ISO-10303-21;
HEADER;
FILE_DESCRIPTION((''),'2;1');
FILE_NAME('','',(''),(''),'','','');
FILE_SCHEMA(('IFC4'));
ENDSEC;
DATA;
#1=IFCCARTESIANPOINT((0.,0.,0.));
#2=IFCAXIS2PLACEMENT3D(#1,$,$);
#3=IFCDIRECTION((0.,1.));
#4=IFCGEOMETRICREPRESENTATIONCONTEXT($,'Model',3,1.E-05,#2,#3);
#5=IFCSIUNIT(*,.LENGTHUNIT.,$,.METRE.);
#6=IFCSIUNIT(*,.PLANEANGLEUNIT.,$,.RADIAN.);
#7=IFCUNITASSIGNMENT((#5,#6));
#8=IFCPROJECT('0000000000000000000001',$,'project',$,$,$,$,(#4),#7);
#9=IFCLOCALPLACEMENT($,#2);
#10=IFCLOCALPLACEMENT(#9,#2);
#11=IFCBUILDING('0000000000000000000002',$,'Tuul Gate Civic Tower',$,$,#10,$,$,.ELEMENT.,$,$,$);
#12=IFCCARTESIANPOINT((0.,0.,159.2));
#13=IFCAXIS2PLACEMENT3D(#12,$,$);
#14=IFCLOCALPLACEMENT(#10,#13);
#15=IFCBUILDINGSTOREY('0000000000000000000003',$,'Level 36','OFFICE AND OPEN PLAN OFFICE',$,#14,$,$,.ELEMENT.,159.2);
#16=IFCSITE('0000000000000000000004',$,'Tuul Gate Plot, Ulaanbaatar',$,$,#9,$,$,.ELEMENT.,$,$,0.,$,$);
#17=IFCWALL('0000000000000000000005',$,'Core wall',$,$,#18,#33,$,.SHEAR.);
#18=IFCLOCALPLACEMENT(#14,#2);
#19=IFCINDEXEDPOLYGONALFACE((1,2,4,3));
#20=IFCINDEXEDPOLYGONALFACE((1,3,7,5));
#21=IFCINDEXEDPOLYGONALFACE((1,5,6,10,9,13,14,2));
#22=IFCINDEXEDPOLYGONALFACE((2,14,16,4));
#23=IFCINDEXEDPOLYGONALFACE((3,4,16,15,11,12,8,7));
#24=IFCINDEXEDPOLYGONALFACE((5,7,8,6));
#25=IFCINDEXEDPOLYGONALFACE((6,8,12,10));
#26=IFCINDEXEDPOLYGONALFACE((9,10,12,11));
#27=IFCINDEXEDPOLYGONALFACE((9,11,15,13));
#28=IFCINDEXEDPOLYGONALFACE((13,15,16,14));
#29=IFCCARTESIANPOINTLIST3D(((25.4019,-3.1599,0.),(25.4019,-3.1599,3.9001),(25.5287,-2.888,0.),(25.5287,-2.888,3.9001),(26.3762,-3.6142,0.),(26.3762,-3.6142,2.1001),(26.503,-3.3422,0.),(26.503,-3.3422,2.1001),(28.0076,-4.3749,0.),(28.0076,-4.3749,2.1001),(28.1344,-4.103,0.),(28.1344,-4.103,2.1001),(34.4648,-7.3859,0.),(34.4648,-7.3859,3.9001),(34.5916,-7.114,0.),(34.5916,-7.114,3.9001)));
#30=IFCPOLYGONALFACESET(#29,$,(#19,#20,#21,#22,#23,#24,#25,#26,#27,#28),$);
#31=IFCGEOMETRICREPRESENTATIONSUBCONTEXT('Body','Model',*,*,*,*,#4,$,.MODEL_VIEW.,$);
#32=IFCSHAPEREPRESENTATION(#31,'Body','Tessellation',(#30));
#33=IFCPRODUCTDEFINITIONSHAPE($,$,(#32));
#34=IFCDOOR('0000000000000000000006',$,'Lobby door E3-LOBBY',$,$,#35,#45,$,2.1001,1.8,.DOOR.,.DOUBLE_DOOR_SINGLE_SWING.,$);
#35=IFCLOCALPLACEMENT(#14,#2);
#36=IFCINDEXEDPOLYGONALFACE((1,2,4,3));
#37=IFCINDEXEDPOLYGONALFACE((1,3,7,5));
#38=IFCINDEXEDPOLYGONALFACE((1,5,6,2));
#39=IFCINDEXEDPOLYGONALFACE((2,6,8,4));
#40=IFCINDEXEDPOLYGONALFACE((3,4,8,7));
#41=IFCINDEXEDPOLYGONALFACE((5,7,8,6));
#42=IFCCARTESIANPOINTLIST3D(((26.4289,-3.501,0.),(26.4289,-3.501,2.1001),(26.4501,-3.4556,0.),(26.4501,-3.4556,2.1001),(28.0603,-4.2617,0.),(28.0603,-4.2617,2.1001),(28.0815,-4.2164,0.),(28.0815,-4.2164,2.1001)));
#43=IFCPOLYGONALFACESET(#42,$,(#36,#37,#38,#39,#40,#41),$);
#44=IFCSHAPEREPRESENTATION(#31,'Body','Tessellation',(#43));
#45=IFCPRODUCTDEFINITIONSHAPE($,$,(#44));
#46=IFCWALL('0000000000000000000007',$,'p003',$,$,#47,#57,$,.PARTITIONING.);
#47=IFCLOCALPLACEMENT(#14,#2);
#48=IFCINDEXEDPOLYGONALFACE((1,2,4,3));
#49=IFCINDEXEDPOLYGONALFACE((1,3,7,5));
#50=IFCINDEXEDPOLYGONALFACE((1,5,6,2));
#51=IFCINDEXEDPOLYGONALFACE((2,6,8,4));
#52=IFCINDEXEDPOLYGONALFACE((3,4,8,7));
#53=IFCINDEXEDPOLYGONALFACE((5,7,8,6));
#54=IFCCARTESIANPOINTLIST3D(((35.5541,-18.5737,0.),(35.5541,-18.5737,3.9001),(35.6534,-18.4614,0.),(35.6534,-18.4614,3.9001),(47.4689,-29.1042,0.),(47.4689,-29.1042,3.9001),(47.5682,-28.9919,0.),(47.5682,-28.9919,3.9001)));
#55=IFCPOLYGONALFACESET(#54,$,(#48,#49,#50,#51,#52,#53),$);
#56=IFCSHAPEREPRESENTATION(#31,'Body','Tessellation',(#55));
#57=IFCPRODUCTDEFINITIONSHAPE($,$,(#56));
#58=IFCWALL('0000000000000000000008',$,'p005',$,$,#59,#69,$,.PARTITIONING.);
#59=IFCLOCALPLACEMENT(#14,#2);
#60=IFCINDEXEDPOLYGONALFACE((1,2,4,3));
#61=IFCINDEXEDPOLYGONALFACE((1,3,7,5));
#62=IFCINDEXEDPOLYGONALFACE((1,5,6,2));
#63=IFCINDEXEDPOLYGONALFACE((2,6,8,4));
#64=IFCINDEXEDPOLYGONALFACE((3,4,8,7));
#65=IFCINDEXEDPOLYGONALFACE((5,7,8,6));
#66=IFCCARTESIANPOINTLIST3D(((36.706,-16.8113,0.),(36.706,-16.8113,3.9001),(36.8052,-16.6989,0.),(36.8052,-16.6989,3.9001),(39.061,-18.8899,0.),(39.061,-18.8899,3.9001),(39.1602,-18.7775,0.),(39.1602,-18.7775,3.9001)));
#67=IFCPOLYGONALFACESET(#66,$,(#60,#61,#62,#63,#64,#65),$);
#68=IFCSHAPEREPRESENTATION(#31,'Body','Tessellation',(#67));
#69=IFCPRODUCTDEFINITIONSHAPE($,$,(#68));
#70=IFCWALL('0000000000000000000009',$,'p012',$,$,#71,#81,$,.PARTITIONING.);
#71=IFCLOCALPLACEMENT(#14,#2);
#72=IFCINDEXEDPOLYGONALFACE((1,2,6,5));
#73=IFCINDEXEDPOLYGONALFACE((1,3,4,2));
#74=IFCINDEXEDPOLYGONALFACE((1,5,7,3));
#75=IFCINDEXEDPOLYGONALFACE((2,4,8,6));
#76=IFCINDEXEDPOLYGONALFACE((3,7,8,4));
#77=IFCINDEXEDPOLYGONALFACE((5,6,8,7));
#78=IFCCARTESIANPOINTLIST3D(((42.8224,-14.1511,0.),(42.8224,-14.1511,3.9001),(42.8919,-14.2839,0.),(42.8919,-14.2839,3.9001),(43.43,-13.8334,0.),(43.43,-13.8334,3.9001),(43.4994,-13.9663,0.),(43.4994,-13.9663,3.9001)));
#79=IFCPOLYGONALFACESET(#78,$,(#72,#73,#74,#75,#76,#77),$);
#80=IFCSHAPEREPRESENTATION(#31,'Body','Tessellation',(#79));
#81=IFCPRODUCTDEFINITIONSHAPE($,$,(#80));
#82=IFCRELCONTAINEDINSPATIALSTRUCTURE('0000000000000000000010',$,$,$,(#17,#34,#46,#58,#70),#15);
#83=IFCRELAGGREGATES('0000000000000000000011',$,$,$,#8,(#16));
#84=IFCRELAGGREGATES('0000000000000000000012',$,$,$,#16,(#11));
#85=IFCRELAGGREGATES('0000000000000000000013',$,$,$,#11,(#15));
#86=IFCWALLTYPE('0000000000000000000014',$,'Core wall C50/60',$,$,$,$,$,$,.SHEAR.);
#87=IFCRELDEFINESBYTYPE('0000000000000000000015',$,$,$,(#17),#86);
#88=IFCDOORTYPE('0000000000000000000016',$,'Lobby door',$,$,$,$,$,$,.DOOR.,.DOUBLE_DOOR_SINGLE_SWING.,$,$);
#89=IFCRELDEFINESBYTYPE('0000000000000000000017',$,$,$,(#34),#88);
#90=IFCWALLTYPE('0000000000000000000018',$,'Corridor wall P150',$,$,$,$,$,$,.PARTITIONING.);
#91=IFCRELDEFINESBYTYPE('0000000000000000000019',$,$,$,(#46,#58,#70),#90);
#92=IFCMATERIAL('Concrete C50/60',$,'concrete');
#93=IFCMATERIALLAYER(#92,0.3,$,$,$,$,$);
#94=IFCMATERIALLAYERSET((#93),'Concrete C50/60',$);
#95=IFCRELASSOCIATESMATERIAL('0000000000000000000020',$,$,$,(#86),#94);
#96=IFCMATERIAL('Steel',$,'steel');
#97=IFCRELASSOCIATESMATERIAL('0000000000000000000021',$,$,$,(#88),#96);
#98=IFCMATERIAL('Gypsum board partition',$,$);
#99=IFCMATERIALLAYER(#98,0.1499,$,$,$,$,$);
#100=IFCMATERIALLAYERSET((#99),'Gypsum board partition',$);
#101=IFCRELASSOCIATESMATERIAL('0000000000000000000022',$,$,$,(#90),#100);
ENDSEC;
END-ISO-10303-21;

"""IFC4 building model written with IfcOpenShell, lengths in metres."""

from ifc_helpers import new_model, si_unit, direction, frame, frame_2d, origin, place, context, subcontext, project, spatial, rectangle, extrude, material, layer, layer_set, type_object, element, fill, save


model = new_model("IFC4")

# Units and contexts
model_context = context("Model", 3, precision=1e-05, world=origin(), true_north=direction((0.0, 1.0)))
body_context = subcontext(model_context, "Body", "Model", "MODEL_VIEW")
ifc_project = project(units=[si_unit("LENGTHUNIT", "METRE"), si_unit("PLANEANGLEUNIT", "RADIAN")], contexts=[model_context])

# Site, building, storey
site_placement = place(None, origin())
site = spatial("IfcSite", under=ifc_project, at=site_placement, Name="Tuul Gate Plot, Ulaanbaatar", CompositionType="ELEMENT", RefElevation=0.0)
building_placement = place(site_placement, origin())
building = spatial("IfcBuilding", under=site, at=building_placement, Name="Tuul Gate Civic Tower", CompositionType="ELEMENT")
storey_placement = place(building_placement, frame((0.0, 0.0, 159.2)))
storey = spatial("IfcBuildingStorey", under=building, at=storey_placement, Name="Level 36", Description="OFFICE AND OPEN PLAN OFFICE", CompositionType="ELEMENT", Elevation=159.2)

# Shared definitions
ifc_material_1 = material(Name="Concrete C50/60", Category="concrete")
ifc_layer_1 = layer(ifc_material_1, 0.3)
ifc_layer_set_1 = layer_set([ifc_layer_1], Name="Concrete C50/60")
wall_type_1 = type_object("IfcWallType", Name="Core wall C50/60", PredefinedType="SHEAR", material=ifc_layer_set_1)

# Wall, opening, door
wall_1_placement = place(storey_placement, frame((34.5283, -7.25, 0.0), z_axis=(0.0, 0.0, 1.0), x_axis=(-0.90631, 0.422613, 0.0)))
wall_1 = element("IfcWall", 1, at=wall_1_placement, inside=storey, type_object=wall_type_1, Name="Core wall", PredefinedType="SHEAR", context=body_context, shape_type="SweptSolid", body=[
    extrude(rectangle(XDim=9.9998, YDim=0.3, at=frame_2d((5.0, 0.0))), origin(), (0.0, 0.0, 1.0), 3.9001),
])
opening_1_placement = place(wall_1_placement, frame((7.125, 0.0, 0.0)))
opening_1 = element("IfcOpeningElement", 2, at=opening_1_placement, cuts=wall_1, PredefinedType="OPENING", context=body_context, shape_type="SweptSolid", body=[
    extrude(rectangle(XDim=1.8, YDim=2.1001, at=frame_2d((0.8999, 1.05))), frame((0.0, 0.1602, 0.0), z_axis=(0.0, -1.0, 0.0), x_axis=(1.0, 0.0, 0.0)), (0.0, 0.0, 1.0), 0.3201),
])
ifc_material_2 = material(Name="Steel", Category="steel")
door_type_1 = type_object("IfcDoorType", Name="Lobby door", OperationType="DOUBLE_DOOR_SINGLE_SWING", PredefinedType="DOOR", material=ifc_material_2)
door_1_placement = place(opening_1_placement, frame((1.8, 0.0, 0.0), z_axis=(0.0, 0.0, 1.0), x_axis=(-1.0, 0.0, 0.0)))
door_1 = element("IfcDoor", 3, at=door_1_placement, inside=storey, type_object=door_type_1, Name="Lobby door E3-LOBBY", OperationType="DOUBLE_DOOR_SINGLE_SWING", OverallHeight=2.1001, OverallWidth=1.8, PredefinedType="DOOR", context=body_context, shape_type="SweptSolid", body=[
    extrude(rectangle(XDim=1.8, YDim=2.1001, at=frame_2d((0.9001, 1.05))), frame((0.0, 0.0249, 0.0), z_axis=(0.0, -1.0, 0.0), x_axis=(1.0, 0.0, 0.0)), (0.0, 0.0, 1.0), 0.05),
])
fill(opening_1, door_1)

# Walls
ifc_material_3 = material(Name="Gypsum board partition")
ifc_layer_2 = layer(ifc_material_3, 0.1499)
ifc_layer_set_2 = layer_set([ifc_layer_2], Name="Gypsum board partition")
wall_type_2 = type_object("IfcWallType", Name="Corridor wall P150", PredefinedType="PARTITIONING", material=ifc_layer_set_2)
wall_2_placement = place(storey_placement, frame((35.6038, -18.5176, 0.0), z_axis=(0.0, 0.0, 1.0), x_axis=(0.749293, -0.662239, 0.0)))
element("IfcWall", 4, at=wall_2_placement, inside=storey, type_object=wall_type_2, Name="p003", PredefinedType="PARTITIONING", context=body_context, shape_type="SweptSolid", body=[
    extrude(rectangle(XDim=15.9014, YDim=0.1499, at=frame_2d((7.9507, 0.0))), origin(), (0.0, 0.0, 1.0), 3.9001),
])
wall_3_placement = place(storey_placement, frame((36.7556, -16.7551, 0.0), z_axis=(0.0, 0.0, 1.0), x_axis=(0.749729, -0.661745, 0.0)))
element("IfcWall", 5, at=wall_3_placement, inside=storey, type_object=wall_type_2, Name="p005", PredefinedType="PARTITIONING", context=body_context, shape_type="SweptSolid", body=[
    extrude(rectangle(XDim=3.1411, YDim=0.1499, at=frame_2d((1.5706, 0.0))), origin(), (0.0, 0.0, 1.0), 3.9001),
])
wall_4_placement = place(storey_placement, frame((42.8572, -14.2175, 0.0), z_axis=(0.0, 0.0, 1.0), x_axis=(0.886159, 0.463381, 0.0)))
element("IfcWall", 6, at=wall_4_placement, inside=storey, type_object=wall_type_2, Name="p012", PredefinedType="PARTITIONING", context=body_context, shape_type="SweptSolid", body=[
    extrude(rectangle(XDim=0.6855, YDim=0.1499, at=frame_2d((0.3428, 0.0))), origin(), (0.0, 0.0, 1.0), 3.9001),
])

save(model, "model.ifc")
